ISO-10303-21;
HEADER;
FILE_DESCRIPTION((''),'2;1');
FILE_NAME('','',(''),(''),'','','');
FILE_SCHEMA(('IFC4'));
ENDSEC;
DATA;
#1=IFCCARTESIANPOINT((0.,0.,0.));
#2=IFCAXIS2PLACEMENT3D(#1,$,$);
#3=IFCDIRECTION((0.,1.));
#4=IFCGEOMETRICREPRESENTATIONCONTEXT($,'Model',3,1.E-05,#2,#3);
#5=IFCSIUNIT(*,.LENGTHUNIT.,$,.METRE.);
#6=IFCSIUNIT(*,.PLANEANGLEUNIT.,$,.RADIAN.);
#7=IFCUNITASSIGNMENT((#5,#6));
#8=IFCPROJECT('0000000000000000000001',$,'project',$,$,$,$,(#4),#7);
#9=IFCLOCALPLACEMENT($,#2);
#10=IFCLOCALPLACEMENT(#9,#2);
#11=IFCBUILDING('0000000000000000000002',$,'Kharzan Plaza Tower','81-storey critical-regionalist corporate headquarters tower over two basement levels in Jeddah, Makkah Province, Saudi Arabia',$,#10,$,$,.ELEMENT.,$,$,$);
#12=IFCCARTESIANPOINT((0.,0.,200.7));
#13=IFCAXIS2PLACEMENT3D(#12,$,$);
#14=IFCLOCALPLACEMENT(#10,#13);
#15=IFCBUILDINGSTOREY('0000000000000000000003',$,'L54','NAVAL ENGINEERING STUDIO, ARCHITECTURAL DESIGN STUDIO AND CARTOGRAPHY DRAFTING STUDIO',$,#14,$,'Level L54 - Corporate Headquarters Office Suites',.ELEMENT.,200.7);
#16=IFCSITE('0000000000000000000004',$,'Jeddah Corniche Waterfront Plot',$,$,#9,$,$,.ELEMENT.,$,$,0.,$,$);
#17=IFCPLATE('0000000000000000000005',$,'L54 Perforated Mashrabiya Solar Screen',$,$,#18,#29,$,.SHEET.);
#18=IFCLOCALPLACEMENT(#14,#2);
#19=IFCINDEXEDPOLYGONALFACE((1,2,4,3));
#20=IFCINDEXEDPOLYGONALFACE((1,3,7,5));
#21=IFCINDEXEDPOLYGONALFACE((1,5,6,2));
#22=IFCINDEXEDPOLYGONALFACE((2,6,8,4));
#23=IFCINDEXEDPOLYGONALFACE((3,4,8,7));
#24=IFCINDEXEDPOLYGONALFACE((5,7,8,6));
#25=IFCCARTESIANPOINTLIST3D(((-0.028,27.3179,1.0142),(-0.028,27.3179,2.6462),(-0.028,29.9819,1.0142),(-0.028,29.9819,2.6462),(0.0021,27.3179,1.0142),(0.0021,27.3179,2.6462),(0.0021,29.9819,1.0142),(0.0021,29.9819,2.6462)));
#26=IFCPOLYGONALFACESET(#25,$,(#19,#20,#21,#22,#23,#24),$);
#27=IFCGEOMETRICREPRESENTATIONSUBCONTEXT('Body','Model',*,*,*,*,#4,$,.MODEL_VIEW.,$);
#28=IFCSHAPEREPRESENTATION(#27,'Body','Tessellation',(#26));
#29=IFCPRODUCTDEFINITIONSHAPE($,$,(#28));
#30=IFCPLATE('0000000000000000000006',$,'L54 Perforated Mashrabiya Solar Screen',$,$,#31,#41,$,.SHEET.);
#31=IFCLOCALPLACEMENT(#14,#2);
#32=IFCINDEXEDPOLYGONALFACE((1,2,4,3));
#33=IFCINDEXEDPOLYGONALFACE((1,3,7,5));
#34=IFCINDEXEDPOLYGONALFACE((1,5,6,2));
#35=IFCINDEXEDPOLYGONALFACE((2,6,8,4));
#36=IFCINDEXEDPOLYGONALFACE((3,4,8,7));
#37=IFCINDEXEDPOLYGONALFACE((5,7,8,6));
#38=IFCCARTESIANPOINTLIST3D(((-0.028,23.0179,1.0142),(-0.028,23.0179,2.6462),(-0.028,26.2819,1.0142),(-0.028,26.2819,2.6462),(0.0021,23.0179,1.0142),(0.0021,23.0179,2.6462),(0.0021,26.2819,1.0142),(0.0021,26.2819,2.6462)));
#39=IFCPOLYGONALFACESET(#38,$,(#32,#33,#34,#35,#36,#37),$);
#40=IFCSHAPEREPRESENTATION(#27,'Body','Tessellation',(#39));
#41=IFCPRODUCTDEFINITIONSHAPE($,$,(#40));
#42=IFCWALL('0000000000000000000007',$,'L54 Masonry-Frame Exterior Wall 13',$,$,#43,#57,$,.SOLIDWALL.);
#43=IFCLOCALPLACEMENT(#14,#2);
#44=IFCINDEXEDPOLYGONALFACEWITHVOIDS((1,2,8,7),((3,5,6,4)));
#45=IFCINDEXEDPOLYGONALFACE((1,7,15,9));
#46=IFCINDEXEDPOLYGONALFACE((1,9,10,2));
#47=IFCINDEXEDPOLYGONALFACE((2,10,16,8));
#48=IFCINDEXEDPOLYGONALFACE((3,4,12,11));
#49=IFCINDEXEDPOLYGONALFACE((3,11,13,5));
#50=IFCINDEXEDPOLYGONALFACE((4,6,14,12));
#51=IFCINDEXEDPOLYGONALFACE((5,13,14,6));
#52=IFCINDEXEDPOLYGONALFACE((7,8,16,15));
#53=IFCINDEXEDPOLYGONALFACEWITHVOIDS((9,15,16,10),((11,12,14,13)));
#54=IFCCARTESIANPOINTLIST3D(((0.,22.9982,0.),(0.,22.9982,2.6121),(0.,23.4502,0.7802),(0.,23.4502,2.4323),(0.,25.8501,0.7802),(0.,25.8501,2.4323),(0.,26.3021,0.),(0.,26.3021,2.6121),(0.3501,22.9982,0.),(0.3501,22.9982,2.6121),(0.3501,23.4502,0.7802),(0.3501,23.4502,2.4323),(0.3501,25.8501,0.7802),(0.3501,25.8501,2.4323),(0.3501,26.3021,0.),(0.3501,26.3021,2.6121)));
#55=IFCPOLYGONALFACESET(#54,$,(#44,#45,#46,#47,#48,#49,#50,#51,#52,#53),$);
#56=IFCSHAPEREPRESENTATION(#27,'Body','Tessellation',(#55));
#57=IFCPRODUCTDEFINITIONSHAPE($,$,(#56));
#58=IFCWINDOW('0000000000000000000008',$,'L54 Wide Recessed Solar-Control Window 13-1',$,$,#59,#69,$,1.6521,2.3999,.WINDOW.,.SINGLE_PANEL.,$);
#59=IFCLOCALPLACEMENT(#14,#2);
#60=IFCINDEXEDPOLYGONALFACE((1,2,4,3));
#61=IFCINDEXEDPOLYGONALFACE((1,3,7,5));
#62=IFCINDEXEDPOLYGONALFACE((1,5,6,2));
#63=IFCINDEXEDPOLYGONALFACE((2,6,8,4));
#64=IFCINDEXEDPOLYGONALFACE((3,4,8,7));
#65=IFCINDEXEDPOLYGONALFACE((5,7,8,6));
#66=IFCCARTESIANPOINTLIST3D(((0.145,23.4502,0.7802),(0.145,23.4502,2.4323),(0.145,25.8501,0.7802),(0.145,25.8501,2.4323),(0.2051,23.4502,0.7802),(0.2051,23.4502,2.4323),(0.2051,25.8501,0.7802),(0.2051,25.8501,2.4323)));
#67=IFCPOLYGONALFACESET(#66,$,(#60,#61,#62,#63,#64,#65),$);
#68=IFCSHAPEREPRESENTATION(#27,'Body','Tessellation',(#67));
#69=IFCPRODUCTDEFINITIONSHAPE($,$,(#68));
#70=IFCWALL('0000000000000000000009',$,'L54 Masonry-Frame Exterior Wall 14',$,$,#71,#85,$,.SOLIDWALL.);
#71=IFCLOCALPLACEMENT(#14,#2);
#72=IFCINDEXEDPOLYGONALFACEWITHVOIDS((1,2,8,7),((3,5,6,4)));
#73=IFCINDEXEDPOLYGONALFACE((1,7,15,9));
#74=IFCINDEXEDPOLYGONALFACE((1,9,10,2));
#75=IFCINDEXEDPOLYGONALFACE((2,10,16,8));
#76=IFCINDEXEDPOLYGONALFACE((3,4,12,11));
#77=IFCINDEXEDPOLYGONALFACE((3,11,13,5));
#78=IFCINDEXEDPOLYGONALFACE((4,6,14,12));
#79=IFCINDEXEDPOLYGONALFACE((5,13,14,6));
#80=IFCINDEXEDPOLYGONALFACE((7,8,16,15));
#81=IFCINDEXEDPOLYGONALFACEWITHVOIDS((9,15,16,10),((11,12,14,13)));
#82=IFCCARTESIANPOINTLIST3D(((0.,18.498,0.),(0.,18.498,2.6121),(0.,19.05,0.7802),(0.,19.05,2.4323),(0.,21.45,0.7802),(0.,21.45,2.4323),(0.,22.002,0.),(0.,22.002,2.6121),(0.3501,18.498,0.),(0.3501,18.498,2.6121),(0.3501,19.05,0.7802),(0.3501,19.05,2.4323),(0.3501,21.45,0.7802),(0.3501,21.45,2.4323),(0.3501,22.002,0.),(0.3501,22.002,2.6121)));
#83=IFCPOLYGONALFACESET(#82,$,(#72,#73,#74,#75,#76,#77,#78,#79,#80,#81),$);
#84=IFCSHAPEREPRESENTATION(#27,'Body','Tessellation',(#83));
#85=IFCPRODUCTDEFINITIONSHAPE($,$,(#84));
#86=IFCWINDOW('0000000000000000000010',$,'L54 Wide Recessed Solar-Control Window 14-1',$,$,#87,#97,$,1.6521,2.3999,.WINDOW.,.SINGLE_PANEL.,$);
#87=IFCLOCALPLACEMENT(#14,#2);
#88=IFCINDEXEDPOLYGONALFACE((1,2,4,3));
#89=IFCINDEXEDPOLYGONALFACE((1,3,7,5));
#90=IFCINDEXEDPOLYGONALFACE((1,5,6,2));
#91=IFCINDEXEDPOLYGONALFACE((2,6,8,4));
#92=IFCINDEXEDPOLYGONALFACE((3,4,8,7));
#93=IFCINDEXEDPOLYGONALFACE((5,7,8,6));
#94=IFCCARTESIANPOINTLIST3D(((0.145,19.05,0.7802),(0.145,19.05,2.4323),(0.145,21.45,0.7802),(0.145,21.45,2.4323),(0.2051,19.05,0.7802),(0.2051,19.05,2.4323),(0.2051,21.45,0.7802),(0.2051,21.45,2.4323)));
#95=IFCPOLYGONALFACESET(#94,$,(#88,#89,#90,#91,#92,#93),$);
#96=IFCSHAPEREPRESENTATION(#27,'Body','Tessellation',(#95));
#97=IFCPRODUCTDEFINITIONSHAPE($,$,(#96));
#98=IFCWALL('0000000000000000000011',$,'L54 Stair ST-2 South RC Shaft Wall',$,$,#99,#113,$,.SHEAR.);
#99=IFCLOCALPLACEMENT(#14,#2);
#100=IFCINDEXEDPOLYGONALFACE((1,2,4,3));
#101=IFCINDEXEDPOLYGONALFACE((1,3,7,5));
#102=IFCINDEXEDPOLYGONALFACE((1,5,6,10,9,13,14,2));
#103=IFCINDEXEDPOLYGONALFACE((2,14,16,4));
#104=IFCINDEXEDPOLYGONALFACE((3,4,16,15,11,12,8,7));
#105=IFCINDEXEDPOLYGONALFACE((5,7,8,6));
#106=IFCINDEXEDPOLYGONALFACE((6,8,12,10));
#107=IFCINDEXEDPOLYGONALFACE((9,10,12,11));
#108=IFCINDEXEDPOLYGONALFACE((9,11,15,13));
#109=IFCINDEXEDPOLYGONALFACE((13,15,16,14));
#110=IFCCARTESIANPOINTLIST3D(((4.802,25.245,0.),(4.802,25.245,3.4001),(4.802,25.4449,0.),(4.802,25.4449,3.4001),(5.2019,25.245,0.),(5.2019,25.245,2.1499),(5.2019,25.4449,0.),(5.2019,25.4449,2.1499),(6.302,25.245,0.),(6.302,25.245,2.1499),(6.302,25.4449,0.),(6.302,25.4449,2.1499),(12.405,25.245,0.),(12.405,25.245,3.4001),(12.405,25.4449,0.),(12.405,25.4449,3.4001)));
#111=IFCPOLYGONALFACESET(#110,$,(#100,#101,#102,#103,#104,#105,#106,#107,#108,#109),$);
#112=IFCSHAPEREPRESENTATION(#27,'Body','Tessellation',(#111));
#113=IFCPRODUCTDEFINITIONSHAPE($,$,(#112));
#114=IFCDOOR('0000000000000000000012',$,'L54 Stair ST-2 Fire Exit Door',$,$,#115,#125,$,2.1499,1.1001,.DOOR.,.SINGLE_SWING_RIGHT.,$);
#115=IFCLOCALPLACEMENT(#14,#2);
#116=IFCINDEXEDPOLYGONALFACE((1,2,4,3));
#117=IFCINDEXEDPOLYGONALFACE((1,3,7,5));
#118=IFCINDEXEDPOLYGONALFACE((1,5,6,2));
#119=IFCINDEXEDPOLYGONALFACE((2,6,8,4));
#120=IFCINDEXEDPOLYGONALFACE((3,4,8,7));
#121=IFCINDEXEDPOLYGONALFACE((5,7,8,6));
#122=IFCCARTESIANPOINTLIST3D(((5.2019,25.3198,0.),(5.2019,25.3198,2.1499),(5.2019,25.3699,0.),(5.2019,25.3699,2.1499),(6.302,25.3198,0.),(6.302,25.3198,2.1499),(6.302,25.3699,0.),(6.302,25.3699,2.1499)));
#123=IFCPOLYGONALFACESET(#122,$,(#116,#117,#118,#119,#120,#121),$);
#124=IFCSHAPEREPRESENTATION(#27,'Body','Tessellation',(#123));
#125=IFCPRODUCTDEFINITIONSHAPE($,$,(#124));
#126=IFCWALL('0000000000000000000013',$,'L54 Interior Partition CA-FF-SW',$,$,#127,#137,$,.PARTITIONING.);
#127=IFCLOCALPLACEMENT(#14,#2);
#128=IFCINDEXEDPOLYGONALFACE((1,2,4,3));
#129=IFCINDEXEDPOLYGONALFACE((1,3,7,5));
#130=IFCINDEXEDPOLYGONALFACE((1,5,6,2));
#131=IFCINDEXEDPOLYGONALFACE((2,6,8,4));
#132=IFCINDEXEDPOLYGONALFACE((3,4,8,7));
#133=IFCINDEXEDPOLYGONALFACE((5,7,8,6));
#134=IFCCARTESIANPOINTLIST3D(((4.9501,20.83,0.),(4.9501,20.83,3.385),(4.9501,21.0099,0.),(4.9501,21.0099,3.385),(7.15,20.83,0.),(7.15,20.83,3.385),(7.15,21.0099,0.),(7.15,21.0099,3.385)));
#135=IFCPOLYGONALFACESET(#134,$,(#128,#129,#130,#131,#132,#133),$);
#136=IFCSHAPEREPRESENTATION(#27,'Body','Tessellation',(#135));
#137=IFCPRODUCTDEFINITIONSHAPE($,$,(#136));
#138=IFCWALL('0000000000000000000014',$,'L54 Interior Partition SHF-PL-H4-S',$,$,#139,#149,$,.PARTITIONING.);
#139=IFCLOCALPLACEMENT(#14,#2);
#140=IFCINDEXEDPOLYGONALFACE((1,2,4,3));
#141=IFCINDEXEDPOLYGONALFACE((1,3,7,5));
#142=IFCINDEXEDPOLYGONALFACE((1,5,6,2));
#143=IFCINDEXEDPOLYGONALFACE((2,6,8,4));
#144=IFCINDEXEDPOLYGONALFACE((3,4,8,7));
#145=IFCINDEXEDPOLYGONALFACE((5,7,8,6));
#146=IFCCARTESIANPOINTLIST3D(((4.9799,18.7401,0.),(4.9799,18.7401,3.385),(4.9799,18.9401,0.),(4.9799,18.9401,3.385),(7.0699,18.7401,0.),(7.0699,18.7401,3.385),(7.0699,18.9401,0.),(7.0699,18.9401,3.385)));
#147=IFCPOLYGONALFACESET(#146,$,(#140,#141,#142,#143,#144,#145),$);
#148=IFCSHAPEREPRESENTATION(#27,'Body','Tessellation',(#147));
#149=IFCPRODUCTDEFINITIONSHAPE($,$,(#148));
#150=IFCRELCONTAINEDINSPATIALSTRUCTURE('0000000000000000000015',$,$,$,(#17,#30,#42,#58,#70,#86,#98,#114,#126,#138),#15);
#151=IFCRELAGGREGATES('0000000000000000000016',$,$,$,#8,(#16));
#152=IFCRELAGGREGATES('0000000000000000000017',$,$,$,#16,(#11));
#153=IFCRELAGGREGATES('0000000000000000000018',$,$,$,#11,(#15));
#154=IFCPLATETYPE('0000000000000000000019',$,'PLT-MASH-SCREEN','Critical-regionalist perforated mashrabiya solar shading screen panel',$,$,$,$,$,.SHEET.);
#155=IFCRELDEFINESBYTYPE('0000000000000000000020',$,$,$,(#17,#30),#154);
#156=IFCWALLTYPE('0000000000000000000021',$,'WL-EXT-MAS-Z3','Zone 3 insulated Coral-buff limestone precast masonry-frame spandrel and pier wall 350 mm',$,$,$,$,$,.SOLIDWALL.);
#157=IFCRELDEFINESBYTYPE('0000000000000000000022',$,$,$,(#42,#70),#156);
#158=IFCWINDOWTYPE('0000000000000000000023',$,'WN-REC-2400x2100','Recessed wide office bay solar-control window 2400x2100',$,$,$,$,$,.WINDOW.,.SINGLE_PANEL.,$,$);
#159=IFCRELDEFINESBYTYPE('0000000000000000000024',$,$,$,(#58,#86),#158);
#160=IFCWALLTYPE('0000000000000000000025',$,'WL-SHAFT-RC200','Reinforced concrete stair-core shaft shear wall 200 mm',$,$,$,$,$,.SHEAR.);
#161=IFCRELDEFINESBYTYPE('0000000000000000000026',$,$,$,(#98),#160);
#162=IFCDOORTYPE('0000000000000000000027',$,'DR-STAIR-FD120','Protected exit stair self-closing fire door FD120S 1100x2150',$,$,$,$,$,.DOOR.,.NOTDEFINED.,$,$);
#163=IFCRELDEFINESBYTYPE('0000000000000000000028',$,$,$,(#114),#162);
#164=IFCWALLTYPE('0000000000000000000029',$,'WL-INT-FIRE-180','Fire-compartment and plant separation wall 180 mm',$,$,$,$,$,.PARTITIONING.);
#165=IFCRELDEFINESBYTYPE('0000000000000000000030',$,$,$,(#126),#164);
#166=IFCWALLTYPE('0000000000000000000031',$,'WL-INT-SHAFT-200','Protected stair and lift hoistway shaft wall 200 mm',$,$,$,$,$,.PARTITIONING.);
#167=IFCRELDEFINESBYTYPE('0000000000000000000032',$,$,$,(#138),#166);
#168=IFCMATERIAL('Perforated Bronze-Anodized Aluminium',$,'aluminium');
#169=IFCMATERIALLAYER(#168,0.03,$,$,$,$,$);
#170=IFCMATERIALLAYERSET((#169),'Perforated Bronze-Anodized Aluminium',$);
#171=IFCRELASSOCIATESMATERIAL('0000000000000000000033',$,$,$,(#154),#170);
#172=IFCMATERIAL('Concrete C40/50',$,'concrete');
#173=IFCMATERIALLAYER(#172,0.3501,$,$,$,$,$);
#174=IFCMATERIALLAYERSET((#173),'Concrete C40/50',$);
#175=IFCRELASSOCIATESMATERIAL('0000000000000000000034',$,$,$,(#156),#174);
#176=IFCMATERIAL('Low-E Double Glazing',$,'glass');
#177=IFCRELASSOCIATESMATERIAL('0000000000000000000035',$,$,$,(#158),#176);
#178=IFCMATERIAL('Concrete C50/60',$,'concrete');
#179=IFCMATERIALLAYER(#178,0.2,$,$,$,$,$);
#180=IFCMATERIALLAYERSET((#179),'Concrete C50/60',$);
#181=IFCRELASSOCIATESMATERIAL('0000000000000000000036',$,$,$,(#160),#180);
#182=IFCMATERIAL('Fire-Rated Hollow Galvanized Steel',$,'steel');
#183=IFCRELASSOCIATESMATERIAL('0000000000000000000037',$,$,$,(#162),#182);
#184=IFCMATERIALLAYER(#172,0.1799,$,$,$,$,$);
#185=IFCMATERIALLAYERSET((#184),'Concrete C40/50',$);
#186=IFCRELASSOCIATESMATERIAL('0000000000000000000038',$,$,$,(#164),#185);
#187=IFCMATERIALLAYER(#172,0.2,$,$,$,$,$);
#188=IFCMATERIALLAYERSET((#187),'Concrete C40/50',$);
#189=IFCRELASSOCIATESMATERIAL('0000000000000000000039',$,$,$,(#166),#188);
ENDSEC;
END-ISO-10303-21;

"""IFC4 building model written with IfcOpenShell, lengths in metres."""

from ifc_helpers import new_model, si_unit, direction, frame, frame_2d, origin, origin_2d, place, context, subcontext, project, spatial, rectangle, extrude, source, transform, mapped, material, layer, layer_set, type_object, element, fill, save


model = new_model("IFC4")

# Units and contexts
model_context = context("Model", 3, precision=1e-05, world=origin(), true_north=direction((0.0, 1.0)))
body_context = subcontext(model_context, "Body", "Model", "MODEL_VIEW")
ifc_project = project(units=[si_unit("LENGTHUNIT", "METRE"), si_unit("PLANEANGLEUNIT", "RADIAN")], contexts=[model_context])

# Site, building, storey
site_placement = place(None, origin())
site = spatial("IfcSite", under=ifc_project, at=site_placement, Name="Jeddah Corniche Waterfront Plot", CompositionType="ELEMENT", RefElevation=0.0)
building_placement = place(site_placement, origin())
building = spatial("IfcBuilding", under=site, at=building_placement, Name="Kharzan Plaza Tower", Description="81-storey critical-regionalist corporate headquarters tower over two basement levels in Jeddah, Makkah Province, Saudi Arabia", CompositionType="ELEMENT")
storey_placement = place(building_placement, frame((0.0, 0.0, 200.7)))
storey = spatial("IfcBuildingStorey", under=building, at=storey_placement, Name="L54", Description="NAVAL ENGINEERING STUDIO, ARCHITECTURAL DESIGN STUDIO AND CARTOGRAPHY DRAFTING STUDIO", LongName="Level L54 - Corporate Headquarters Office Suites", CompositionType="ELEMENT", Elevation=200.7)

# Shared definitions
ifc_material_1 = material(Name="Concrete C50/60", Category="concrete")

# Plates
ifc_material_2 = material(Name="Perforated Bronze-Anodized Aluminium", Category="aluminium")
ifc_layer_1 = layer(ifc_material_2, 0.03)
ifc_layer_set_1 = layer_set([ifc_layer_1], Name="Perforated Bronze-Anodized Aluminium")
plate_type = type_object("IfcPlateType", Name="PLT-MASH-SCREEN", Description="Critical-regionalist perforated mashrabiya solar shading screen panel", PredefinedType="SHEET", material=ifc_layer_set_1)
shared_shape_1 = source(origin(), body_context, "Body", "SweptSolid", [
    extrude(rectangle(XDim=2.6641, YDim=0.03, at=origin_2d()), origin(), (0.0, 0.0, 1.0), 1.6321),
])
plate_1_placement = place(storey_placement, frame((-0.0129, 28.6499, 1.0142), z_axis=(0.0, 0.0, 1.0), x_axis=(0.0, -1.0, 0.0)))
element("IfcPlate", 1, at=plate_1_placement, inside=storey, type_object=plate_type, Name="L54 Perforated Mashrabiya Solar Screen", PredefinedType="SHEET", context=body_context, shape_type="MappedRepresentation", body=[
    mapped(shared_shape_1, transform((0.0, 0.0, 0.0), x_axis=(1.0, 0.0, 0.0), y_axis=(0.0, 1.0, 0.0), z_axis=(0.0, 0.0, 1.0))),
])
shared_shape_2 = source(origin(), body_context, "Body", "SweptSolid", [
    extrude(rectangle(XDim=3.2639, YDim=0.03, at=origin_2d()), origin(), (0.0, 0.0, 1.0), 1.6321),
])
plate_2_placement = place(storey_placement, frame((-0.0129, 24.6499, 1.0142), z_axis=(0.0, 0.0, 1.0), x_axis=(0.0, -1.0, 0.0)))
element("IfcPlate", 2, at=plate_2_placement, inside=storey, type_object=plate_type, Name="L54 Perforated Mashrabiya Solar Screen", PredefinedType="SHEET", context=body_context, shape_type="MappedRepresentation", body=[
    mapped(shared_shape_2, transform((0.0, 0.0, 0.0), x_axis=(1.0, 0.0, 0.0), y_axis=(0.0, 1.0, 0.0), z_axis=(0.0, 0.0, 1.0))),
])

# Walls, openings, windows
ifc_material_3 = material(Name="Concrete C40/50", Category="concrete")
ifc_layer_2 = layer(ifc_material_3, 0.3501)
ifc_layer_set_2 = layer_set([ifc_layer_2], Name="Concrete C40/50")
wall_type_1 = type_object("IfcWallType", Name="WL-EXT-MAS-Z3", Description="Zone 3 insulated Coral-buff limestone precast masonry-frame spandrel and pier wall 350 mm", PredefinedType="SOLIDWALL", material=ifc_layer_set_2)
wall_1_placement = place(storey_placement, frame((0.175, 26.302, 0.0), z_axis=(0.0, 0.0, 1.0), x_axis=(0.0, -1.0, 0.0)))
wall_1 = element("IfcWall", 3, at=wall_1_placement, inside=storey, type_object=wall_type_1, Name="L54 Masonry-Frame Exterior Wall 13", PredefinedType="SOLIDWALL", context=body_context, shape_type="SweptSolid", body=[
    extrude(rectangle(XDim=3.304, YDim=0.3501, at=frame_2d((1.6519, 0.0))), origin(), (0.0, 0.0, 1.0), 2.6121),
])
opening_1_placement = place(wall_1_placement, frame((0.4519, 0.0, 0.78)))
opening_1 = element("IfcOpeningElement", 4, at=opening_1_placement, cuts=wall_1, PredefinedType="OPENING", context=body_context, shape_type="SweptSolid", body=[
    extrude(rectangle(XDim=2.3999, YDim=1.6521, at=frame_2d((1.2, 0.8262))), frame((0.0, 0.1851, 0.0), z_axis=(0.0, -1.0, 0.0), x_axis=(1.0, 0.0, 0.0)), (0.0, 0.0, 1.0), 0.3701),
])
ifc_material_4 = material(Name="Low-E Double Glazing", Category="glass")
window_type = type_object("IfcWindowType", Name="WN-REC-2400x2100", Description="Recessed wide office bay solar-control window 2400x2100", PartitioningType="SINGLE_PANEL", PredefinedType="WINDOW", material=ifc_material_4)
shared_shape_3 = source(origin(), body_context, "Body", "SweptSolid", [
    extrude(rectangle(XDim=2.3999, YDim=1.6521, at=frame_2d((1.2, 0.8262))), frame((0.0, 0.03, 0.0), z_axis=(0.0, -1.0, 0.0), x_axis=(1.0, 0.0, 0.0)), (0.0, 0.0, 1.0), 0.0601),
])
window_1_placement = place(opening_1_placement, origin())
window_1 = element("IfcWindow", 5, at=window_1_placement, inside=storey, type_object=window_type, Name="L54 Wide Recessed Solar-Control Window 13-1", OverallHeight=1.6521, OverallWidth=2.3999, PartitioningType="SINGLE_PANEL", PredefinedType="WINDOW", context=body_context, shape_type="MappedRepresentation", body=[
    mapped(shared_shape_3, transform((0.0, 0.0, 0.0), x_axis=(1.0, 0.0, 0.0), y_axis=(0.0, 1.0, 0.0), z_axis=(0.0, 0.0, 1.0))),
])
fill(opening_1, window_1)
wall_2_placement = place(storey_placement, frame((0.175, 22.002, 0.0), z_axis=(0.0, 0.0, 1.0), x_axis=(0.0, -1.0, 0.0)))
wall_2 = element("IfcWall", 6, at=wall_2_placement, inside=storey, type_object=wall_type_1, Name="L54 Masonry-Frame Exterior Wall 14", PredefinedType="SOLIDWALL", context=body_context, shape_type="SweptSolid", body=[
    extrude(rectangle(XDim=3.5039, YDim=0.3501, at=frame_2d((1.752, 0.0))), origin(), (0.0, 0.0, 1.0), 2.6121),
])
opening_2_placement = place(wall_2_placement, frame((0.552, 0.0, 0.78)))
opening_2 = element("IfcOpeningElement", 7, at=opening_2_placement, cuts=wall_2, PredefinedType="OPENING", context=body_context, shape_type="SweptSolid", body=[
    extrude(rectangle(XDim=2.3999, YDim=1.6521, at=frame_2d((1.2, 0.8262))), frame((0.0, 0.1851, 0.0), z_axis=(0.0, -1.0, 0.0), x_axis=(1.0, 0.0, 0.0)), (0.0, 0.0, 1.0), 0.3701),
])
window_2_placement = place(opening_2_placement, origin())
window_2 = element("IfcWindow", 8, at=window_2_placement, inside=storey, type_object=window_type, Name="L54 Wide Recessed Solar-Control Window 14-1", OverallHeight=1.6521, OverallWidth=2.3999, PartitioningType="SINGLE_PANEL", PredefinedType="WINDOW", context=body_context, shape_type="MappedRepresentation", body=[
    mapped(shared_shape_3, transform((0.0, 0.0, 0.0), x_axis=(1.0, 0.0, 0.0), y_axis=(0.0, 1.0, 0.0), z_axis=(0.0, 0.0, 1.0))),
])
fill(opening_2, window_2)

# Wall, opening, door
ifc_layer_3 = layer(ifc_material_1, 0.2)
ifc_layer_set_3 = layer_set([ifc_layer_3], Name="Concrete C50/60")
wall_type_2 = type_object("IfcWallType", Name="WL-SHAFT-RC200", Description="Reinforced concrete stair-core shaft shear wall 200 mm", PredefinedType="SHEAR", material=ifc_layer_set_3)
wall_3_placement = place(storey_placement, frame((4.802, 25.345, 0.0), z_axis=(0.0, 0.0, 1.0), x_axis=(1.0, 0.0, 0.0)))
wall_3 = element("IfcWall", 9, at=wall_3_placement, inside=storey, type_object=wall_type_2, Name="L54 Stair ST-2 South RC Shaft Wall", PredefinedType="SHEAR", context=body_context, shape_type="SweptSolid", body=[
    extrude(rectangle(XDim=7.603, YDim=0.2, at=frame_2d((3.8015, 0.0))), origin(), (0.0, 0.0, 1.0), 3.4001),
])
opening_3_placement = place(wall_3_placement, frame((0.3999, 0.0, 0.0)))
opening_3 = element("IfcOpeningElement", 10, at=opening_3_placement, cuts=wall_3, PredefinedType="OPENING", context=body_context, shape_type="SweptSolid", body=[
    extrude(rectangle(XDim=1.1001, YDim=2.1499, at=frame_2d((0.55, 1.075))), frame((0.0, 0.1099, 0.0), z_axis=(0.0, -1.0, 0.0), x_axis=(1.0, 0.0, 0.0)), (0.0, 0.0, 1.0), 0.22),
])
ifc_material_5 = material(Name="Fire-Rated Hollow Galvanized Steel", Category="steel")
door_type = type_object("IfcDoorType", Name="DR-STAIR-FD120", Description="Protected exit stair self-closing fire door FD120S 1100x2150", OperationType="NOTDEFINED", PredefinedType="DOOR", material=ifc_material_5)
shared_shape_4 = source(origin(), body_context, "Body", "SweptSolid", [
    extrude(rectangle(XDim=1.1001, YDim=2.1499, at=frame_2d((0.55, 1.075))), frame((0.0, 0.0249, 0.0), z_axis=(0.0, -1.0, 0.0), x_axis=(1.0, 0.0, 0.0)), (0.0, 0.0, 1.0), 0.05),
])
door_placement = place(opening_3_placement, origin())
door = element("IfcDoor", 11, at=door_placement, inside=storey, type_object=door_type, Name="L54 Stair ST-2 Fire Exit Door", OperationType="SINGLE_SWING_RIGHT", OverallHeight=2.1499, OverallWidth=1.1001, PredefinedType="DOOR", context=body_context, shape_type="MappedRepresentation", body=[
    mapped(shared_shape_4, transform((0.0, 0.0, 0.0), x_axis=(1.0, 0.0, 0.0), y_axis=(0.0, 1.0, 0.0), z_axis=(0.0, 0.0, 1.0))),
])
fill(opening_3, door)

# Walls
ifc_layer_4 = layer(ifc_material_3, 0.1799)
ifc_layer_set_4 = layer_set([ifc_layer_4], Name="Concrete C40/50")
wall_type_3 = type_object("IfcWallType", Name="WL-INT-FIRE-180", Description="Fire-compartment and plant separation wall 180 mm", PredefinedType="PARTITIONING", material=ifc_layer_set_4)
shared_shape_5 = source(origin(), body_context, "Body", "SweptSolid", [
    extrude(rectangle(XDim=2.2, YDim=0.1799, at=frame_2d((1.1001, 0.0))), origin(), (0.0, 0.0, 1.0), 3.385),
])
wall_4_placement = place(storey_placement, frame((4.95, 20.9199, 0.0), z_axis=(0.0, 0.0, 1.0), x_axis=(1.0, 0.0, 0.0)))
element("IfcWall", 12, at=wall_4_placement, inside=storey, type_object=wall_type_3, Name="L54 Interior Partition CA-FF-SW", PredefinedType="PARTITIONING", context=body_context, shape_type="MappedRepresentation", body=[
    mapped(shared_shape_5, transform((0.0, 0.0, 0.0), x_axis=(1.0, 0.0, 0.0), y_axis=(0.0, 1.0, 0.0), z_axis=(0.0, 0.0, 1.0))),
])
ifc_layer_5 = layer(ifc_material_3, 0.2)
ifc_layer_set_5 = layer_set([ifc_layer_5], Name="Concrete C40/50")
wall_type_4 = type_object("IfcWallType", Name="WL-INT-SHAFT-200", Description="Protected stair and lift hoistway shaft wall 200 mm", PredefinedType="PARTITIONING", material=ifc_layer_set_5)
shared_shape_6 = source(origin(), body_context, "Body", "SweptSolid", [
    extrude(rectangle(XDim=2.0901, YDim=0.2, at=frame_2d((1.0449, 0.0))), origin(), (0.0, 0.0, 1.0), 3.385),
])
wall_5_placement = place(storey_placement, frame((4.98, 18.8401, 0.0), z_axis=(0.0, 0.0, 1.0), x_axis=(1.0, 0.0, 0.0)))
element("IfcWall", 13, at=wall_5_placement, inside=storey, type_object=wall_type_4, Name="L54 Interior Partition SHF-PL-H4-S", PredefinedType="PARTITIONING", context=body_context, shape_type="MappedRepresentation", body=[
    mapped(shared_shape_6, transform((0.0, 0.0, 0.0), x_axis=(1.0, 0.0, 0.0), y_axis=(0.0, 1.0, 0.0), z_axis=(0.0, 0.0, 1.0))),
])

save(model, "model.ifc")
